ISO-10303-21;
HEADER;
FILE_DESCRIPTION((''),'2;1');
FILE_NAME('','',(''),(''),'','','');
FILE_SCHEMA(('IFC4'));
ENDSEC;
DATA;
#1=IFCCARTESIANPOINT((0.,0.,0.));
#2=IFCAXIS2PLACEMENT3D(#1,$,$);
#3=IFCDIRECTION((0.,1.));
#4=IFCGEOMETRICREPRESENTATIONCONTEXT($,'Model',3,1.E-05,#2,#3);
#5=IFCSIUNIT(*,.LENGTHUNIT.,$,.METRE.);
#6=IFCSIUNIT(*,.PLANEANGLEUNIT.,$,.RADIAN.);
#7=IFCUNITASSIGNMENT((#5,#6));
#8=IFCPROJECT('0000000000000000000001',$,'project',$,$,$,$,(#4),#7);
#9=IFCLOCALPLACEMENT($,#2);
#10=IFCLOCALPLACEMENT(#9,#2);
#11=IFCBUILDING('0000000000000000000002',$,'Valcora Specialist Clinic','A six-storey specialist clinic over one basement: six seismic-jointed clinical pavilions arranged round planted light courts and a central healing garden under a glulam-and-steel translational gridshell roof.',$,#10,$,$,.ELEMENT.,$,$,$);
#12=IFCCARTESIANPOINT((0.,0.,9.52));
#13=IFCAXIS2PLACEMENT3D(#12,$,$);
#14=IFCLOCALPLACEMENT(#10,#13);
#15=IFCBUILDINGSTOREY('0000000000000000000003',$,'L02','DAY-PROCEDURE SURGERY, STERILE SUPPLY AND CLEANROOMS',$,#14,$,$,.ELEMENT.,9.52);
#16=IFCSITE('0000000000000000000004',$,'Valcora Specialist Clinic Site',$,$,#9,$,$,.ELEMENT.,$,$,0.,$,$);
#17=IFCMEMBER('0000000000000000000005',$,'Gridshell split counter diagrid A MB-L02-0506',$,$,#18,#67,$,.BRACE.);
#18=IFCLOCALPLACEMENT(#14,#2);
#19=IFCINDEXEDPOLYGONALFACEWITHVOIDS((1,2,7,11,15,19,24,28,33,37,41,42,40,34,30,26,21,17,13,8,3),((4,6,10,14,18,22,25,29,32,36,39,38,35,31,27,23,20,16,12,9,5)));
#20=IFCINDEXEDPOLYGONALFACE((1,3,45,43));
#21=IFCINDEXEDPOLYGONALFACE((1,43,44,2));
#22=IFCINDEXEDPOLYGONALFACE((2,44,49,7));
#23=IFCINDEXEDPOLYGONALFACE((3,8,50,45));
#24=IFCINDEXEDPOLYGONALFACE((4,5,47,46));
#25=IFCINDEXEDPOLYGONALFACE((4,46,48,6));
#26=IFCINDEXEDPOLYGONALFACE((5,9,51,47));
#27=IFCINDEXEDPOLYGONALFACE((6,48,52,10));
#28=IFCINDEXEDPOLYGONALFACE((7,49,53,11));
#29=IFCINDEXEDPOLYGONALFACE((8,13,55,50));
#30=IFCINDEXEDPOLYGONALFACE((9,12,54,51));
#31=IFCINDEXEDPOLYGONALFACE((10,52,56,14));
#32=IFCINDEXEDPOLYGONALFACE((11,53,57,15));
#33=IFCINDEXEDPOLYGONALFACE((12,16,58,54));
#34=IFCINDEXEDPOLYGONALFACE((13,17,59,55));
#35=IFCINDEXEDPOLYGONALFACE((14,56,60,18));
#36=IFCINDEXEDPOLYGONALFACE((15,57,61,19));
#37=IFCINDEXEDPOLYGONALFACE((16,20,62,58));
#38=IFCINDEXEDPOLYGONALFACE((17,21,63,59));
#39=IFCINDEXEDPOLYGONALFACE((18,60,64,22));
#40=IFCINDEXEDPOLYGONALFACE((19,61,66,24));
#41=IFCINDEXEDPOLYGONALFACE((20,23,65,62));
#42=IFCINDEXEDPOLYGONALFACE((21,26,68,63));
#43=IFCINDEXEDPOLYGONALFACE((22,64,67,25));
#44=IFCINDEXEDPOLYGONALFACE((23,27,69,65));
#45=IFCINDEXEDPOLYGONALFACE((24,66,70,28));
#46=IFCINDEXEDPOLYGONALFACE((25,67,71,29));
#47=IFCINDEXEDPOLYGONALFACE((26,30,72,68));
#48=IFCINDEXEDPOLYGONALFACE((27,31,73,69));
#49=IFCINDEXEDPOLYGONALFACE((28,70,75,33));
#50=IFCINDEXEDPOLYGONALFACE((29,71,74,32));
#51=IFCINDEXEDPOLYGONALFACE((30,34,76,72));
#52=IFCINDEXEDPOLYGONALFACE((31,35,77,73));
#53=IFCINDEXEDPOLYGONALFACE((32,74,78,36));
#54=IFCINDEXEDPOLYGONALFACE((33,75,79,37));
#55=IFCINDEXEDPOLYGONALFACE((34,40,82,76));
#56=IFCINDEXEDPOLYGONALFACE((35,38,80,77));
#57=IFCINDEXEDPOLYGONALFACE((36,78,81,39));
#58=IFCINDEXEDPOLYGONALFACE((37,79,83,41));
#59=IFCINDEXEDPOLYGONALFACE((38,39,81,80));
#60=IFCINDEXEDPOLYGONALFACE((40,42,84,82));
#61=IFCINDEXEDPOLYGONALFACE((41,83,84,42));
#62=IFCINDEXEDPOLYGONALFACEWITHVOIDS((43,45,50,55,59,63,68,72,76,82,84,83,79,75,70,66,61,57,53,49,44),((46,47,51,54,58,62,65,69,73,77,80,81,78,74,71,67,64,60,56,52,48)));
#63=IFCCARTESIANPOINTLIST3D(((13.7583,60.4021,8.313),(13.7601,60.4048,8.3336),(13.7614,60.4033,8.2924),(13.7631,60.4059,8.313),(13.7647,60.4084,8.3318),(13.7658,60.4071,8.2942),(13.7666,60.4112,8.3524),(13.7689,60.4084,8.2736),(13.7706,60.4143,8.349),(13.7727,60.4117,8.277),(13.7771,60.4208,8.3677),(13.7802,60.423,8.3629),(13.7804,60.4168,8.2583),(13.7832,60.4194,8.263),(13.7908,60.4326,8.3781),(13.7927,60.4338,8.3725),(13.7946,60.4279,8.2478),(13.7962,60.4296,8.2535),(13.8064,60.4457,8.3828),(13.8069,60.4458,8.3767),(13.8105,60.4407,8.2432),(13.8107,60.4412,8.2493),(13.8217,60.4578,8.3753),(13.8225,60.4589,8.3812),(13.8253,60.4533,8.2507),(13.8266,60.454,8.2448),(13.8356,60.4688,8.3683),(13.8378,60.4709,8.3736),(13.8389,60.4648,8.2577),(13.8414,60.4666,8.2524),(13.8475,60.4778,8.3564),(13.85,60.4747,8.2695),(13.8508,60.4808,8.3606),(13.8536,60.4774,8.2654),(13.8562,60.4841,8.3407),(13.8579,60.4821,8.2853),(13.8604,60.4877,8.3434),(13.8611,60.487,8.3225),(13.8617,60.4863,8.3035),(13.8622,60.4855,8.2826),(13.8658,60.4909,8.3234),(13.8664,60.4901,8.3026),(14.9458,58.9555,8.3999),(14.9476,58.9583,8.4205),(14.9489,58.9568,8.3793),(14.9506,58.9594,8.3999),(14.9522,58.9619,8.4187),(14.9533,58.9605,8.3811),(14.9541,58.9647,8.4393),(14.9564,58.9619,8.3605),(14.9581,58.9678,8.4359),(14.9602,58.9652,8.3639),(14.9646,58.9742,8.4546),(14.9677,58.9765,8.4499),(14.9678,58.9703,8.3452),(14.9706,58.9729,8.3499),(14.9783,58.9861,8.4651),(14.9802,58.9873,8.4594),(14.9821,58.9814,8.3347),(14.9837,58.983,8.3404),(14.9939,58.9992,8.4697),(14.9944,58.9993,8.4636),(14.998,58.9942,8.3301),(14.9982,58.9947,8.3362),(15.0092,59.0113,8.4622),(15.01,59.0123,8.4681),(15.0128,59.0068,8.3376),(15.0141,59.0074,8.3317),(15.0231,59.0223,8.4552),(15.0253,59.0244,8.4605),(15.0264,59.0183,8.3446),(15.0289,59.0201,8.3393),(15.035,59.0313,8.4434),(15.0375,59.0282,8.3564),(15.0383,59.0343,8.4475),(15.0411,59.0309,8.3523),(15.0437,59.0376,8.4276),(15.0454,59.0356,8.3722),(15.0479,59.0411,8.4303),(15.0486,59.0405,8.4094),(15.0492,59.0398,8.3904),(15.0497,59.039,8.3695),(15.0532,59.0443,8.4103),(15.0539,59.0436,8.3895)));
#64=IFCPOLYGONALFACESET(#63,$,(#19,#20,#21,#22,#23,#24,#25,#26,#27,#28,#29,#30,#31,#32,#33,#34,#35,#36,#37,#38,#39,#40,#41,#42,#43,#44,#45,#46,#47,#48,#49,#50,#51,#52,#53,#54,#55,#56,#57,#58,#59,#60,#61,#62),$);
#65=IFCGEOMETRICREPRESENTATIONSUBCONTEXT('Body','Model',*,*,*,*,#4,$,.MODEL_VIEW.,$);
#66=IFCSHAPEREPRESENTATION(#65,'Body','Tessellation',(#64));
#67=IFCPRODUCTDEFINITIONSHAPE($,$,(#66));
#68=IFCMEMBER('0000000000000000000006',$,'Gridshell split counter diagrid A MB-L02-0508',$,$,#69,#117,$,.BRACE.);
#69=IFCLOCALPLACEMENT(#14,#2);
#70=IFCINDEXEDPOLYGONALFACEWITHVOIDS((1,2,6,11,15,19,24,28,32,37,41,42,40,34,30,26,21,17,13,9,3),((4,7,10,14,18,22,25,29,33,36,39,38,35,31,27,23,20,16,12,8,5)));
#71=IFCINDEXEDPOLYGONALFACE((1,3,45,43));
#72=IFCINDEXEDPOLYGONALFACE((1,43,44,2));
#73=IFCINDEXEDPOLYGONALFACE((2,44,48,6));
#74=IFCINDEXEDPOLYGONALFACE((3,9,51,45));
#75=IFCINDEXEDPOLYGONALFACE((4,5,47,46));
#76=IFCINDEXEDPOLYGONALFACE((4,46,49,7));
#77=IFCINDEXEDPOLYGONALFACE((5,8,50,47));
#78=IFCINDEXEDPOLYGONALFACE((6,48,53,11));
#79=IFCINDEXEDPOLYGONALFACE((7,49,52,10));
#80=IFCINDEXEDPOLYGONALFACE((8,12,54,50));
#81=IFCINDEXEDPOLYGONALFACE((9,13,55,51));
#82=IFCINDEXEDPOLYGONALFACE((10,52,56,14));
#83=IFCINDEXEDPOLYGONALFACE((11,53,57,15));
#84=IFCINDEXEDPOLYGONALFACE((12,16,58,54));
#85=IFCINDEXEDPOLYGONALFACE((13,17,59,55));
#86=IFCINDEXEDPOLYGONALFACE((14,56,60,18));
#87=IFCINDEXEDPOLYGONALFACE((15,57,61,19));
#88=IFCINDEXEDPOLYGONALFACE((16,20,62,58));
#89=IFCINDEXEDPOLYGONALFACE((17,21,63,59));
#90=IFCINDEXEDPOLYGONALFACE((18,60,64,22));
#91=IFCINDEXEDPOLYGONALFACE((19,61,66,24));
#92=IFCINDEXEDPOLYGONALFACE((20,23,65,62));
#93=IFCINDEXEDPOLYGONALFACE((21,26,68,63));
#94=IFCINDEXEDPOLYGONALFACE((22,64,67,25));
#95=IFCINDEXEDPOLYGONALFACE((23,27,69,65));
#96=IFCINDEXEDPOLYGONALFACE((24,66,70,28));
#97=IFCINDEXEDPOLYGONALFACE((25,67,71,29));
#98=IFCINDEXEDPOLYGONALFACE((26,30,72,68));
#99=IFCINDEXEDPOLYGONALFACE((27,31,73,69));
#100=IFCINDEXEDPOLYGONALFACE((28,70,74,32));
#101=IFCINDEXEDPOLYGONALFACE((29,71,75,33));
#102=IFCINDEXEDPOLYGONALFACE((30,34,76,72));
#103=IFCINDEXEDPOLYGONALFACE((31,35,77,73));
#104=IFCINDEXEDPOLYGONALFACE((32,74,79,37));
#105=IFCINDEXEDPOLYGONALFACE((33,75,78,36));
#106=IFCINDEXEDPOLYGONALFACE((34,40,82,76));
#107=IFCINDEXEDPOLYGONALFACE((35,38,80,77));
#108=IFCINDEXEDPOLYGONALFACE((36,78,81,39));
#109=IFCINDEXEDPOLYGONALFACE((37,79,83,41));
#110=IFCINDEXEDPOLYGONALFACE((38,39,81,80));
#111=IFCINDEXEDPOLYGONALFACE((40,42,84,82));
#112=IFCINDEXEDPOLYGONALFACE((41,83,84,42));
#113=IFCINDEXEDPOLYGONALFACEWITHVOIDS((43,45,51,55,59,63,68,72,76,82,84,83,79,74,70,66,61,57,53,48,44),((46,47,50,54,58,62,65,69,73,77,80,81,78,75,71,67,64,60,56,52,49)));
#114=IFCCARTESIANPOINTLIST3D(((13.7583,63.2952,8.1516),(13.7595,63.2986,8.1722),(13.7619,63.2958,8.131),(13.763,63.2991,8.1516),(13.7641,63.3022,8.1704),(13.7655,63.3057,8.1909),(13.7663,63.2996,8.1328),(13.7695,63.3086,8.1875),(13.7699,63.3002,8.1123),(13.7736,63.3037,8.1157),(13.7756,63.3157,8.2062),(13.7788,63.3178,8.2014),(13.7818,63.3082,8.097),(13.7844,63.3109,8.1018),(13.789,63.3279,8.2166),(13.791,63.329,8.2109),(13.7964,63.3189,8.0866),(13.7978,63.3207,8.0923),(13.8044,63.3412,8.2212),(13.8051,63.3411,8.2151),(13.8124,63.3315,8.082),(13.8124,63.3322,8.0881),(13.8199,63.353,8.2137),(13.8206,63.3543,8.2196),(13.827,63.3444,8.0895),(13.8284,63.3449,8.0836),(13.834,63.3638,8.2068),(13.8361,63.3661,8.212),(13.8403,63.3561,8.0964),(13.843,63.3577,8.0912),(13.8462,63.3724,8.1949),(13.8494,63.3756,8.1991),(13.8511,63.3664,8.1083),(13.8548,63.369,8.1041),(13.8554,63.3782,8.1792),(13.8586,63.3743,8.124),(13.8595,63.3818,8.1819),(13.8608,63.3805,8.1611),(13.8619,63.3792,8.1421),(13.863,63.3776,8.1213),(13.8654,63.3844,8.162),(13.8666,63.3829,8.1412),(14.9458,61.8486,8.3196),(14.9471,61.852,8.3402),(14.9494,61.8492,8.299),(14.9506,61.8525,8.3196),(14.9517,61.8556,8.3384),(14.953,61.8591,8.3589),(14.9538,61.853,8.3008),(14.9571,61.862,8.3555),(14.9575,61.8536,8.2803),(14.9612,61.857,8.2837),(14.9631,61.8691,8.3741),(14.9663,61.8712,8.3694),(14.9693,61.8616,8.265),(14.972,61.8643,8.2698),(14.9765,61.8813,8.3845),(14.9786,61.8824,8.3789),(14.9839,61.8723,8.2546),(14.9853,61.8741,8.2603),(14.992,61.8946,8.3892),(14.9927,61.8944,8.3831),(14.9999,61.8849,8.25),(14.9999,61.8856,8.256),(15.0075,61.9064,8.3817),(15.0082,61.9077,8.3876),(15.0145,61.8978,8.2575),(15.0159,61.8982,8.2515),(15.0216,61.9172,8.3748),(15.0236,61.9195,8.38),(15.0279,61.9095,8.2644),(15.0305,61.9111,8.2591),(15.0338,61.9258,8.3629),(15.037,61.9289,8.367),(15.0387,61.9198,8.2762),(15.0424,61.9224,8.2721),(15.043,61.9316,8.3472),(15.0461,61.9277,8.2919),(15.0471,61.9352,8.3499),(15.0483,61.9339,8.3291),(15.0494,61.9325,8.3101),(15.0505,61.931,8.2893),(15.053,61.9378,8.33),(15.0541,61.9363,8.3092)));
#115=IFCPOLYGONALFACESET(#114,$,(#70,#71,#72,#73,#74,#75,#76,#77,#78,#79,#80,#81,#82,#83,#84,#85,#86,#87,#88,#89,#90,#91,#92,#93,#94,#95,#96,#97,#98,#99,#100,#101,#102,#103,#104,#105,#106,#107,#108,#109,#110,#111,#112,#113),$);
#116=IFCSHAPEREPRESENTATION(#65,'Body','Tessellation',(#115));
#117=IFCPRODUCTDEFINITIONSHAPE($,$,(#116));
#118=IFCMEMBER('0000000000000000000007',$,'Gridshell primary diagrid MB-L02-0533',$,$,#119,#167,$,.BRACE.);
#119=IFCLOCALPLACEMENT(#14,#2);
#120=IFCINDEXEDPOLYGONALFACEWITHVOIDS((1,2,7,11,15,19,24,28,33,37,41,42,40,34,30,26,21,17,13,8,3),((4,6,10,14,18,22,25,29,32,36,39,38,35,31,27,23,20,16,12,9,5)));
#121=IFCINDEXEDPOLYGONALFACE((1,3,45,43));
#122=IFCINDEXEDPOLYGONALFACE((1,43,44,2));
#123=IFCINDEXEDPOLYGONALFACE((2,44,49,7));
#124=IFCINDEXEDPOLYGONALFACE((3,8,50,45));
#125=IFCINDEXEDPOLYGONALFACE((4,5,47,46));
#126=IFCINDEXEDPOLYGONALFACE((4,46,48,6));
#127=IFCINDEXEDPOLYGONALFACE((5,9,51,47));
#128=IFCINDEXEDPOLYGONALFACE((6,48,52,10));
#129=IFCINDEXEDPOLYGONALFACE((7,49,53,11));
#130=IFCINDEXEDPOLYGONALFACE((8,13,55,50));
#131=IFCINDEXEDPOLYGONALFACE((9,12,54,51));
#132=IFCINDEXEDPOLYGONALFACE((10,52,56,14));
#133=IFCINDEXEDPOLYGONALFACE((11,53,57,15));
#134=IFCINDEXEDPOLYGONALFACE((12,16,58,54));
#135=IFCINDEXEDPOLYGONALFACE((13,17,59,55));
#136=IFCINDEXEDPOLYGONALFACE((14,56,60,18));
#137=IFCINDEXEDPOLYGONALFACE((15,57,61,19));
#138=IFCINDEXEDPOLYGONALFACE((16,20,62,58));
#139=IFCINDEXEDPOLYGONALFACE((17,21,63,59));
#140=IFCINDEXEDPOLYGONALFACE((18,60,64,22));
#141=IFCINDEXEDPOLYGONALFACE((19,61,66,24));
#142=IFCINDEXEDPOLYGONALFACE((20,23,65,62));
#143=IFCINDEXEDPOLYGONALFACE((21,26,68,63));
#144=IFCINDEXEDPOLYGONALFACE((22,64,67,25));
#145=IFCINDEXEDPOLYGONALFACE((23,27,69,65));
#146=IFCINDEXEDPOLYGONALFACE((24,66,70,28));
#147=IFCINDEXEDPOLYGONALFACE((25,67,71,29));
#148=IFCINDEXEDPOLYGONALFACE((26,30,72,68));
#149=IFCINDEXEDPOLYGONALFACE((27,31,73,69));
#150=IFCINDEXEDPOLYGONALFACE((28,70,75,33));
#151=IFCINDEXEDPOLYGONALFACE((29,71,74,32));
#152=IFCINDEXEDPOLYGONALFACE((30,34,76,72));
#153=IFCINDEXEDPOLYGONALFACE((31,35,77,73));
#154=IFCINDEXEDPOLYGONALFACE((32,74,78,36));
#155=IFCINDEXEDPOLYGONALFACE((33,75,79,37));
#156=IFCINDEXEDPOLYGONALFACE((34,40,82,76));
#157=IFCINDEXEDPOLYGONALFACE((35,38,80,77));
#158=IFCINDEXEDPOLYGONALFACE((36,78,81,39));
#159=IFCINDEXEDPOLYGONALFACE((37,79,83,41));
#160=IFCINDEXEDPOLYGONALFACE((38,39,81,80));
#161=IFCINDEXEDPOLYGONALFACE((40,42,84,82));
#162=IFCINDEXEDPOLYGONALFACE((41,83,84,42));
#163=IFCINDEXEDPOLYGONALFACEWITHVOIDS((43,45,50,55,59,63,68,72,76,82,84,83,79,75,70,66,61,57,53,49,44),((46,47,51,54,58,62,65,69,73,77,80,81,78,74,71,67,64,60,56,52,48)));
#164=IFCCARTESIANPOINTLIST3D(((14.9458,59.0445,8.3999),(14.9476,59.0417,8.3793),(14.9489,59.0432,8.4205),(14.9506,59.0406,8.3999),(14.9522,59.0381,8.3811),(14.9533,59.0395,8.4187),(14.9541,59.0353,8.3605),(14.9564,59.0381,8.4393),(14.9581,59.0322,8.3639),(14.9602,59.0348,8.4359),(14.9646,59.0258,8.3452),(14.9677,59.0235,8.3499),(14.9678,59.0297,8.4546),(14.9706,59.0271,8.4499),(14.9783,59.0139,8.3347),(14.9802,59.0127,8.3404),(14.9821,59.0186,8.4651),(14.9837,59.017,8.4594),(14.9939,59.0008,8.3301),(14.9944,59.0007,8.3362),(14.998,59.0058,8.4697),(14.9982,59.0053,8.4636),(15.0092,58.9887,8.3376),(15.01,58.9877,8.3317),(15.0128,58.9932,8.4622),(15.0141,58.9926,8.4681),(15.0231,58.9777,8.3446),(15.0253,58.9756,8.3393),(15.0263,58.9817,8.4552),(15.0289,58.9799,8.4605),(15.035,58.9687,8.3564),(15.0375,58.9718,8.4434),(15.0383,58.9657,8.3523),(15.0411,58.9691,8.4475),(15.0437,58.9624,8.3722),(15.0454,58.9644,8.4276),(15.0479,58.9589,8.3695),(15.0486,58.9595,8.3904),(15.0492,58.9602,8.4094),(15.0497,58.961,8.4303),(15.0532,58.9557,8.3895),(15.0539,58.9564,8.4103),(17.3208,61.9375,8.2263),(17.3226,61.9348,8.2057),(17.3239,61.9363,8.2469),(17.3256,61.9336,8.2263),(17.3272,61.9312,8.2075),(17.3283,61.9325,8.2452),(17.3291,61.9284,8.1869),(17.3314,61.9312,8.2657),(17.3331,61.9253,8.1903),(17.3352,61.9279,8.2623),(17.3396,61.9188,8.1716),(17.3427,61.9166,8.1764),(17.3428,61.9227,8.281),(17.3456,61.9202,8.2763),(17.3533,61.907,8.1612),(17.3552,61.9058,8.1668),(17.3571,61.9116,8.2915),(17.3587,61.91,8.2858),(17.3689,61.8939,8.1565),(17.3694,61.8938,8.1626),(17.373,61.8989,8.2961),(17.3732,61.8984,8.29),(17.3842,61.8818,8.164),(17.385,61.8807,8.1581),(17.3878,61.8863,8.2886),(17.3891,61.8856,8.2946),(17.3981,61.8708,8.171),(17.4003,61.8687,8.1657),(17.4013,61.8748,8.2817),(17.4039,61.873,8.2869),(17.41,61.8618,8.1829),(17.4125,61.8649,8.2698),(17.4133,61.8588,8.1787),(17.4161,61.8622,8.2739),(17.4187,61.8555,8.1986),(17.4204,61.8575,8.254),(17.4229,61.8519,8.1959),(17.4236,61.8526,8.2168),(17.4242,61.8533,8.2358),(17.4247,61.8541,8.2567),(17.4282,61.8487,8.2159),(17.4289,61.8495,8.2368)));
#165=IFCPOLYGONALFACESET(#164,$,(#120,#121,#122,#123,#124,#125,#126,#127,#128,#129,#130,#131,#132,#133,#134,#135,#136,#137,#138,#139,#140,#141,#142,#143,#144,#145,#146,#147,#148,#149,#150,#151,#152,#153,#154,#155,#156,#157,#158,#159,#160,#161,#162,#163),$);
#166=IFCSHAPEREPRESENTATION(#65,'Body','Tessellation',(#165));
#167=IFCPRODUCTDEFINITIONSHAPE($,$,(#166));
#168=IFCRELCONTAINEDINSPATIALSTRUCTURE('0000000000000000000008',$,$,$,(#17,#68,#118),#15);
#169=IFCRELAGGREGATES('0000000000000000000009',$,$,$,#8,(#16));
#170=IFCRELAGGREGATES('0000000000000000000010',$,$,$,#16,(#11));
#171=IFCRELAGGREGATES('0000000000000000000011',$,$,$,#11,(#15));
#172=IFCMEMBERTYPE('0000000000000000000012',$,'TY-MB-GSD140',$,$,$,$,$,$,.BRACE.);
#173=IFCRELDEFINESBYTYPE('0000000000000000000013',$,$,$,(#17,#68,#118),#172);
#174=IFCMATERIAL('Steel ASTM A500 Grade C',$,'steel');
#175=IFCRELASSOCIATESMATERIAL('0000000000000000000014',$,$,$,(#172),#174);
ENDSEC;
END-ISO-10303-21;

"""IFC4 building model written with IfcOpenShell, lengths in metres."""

from ifc_helpers import new_model, si_unit, direction, frame, origin, origin_2d, place, context, subcontext, project, spatial, hollow_circle, extrude, material, material_profile, profile_set, type_object, element, save


model = new_model("IFC4")

# Units and contexts
model_context = context("Model", 3, precision=1e-05, world=origin(), true_north=direction((0.0, 1.0)))
body_context = subcontext(model_context, "Body", "Model", "MODEL_VIEW")
ifc_project = project(units=[si_unit("LENGTHUNIT", "METRE"), si_unit("PLANEANGLEUNIT", "RADIAN")], contexts=[model_context])

# Site, building, storey
site_placement = place(None, origin())
site = spatial("IfcSite", under=ifc_project, at=site_placement, Name="Valcora Specialist Clinic Site", CompositionType="ELEMENT", RefElevation=0.0)
building_placement = place(site_placement, origin())
building = spatial("IfcBuilding", under=site, at=building_placement, Name="Valcora Specialist Clinic", Description="A six-storey specialist clinic over one basement: six seismic-jointed clinical pavilions arranged round planted light courts and a central healing garden under a glulam-and-steel translational gridshell roof.", CompositionType="ELEMENT")
storey_placement = place(building_placement, frame((0.0, 0.0, 9.52)))
storey = spatial("IfcBuildingStorey", under=building, at=storey_placement, Name="L02", Description="DAY-PROCEDURE SURGERY, STERILE SUPPLY AND CLEANROOMS", CompositionType="ELEMENT", Elevation=9.52)

# Members
ifc_material_1 = material(Name="Steel ASTM A500 Grade C", Category="steel")
ifc_material_profile_1 = material_profile(ifc_material_1, hollow_circle(Radius=0.0701, WallThickness=0.0061, at=origin_2d()), Name="ST-CHS-140X6")
ifc_profile_set_1 = profile_set([ifc_material_profile_1], Name="Steel ASTM A500 Grade C")
member_type_1 = type_object("IfcMemberType", Name="TY-MB-GSD140", PredefinedType="BRACE", material=ifc_profile_set_1)
member_1_placement = place(storey_placement, frame((15.0, 59.0, 8.3999), z_axis=(-0.633825, 0.772084, -0.04639), x_axis=(-0.772916, -0.634508, 0.0)))
element("IfcMember", 1, at=member_1_placement, inside=storey, type_object=member_type_1, Name="Gridshell split counter diagrid A MB-L02-0506", PredefinedType="BRACE", context=body_context, shape_type="SweptSolid", body=[
    extrude(hollow_circle(Radius=0.0701, WallThickness=0.0061, at=origin_2d()), origin(), (0.0, 0.0, 1.0), 1.8735),
])
member_2_placement = place(storey_placement, frame((15.0, 61.8931, 8.3196), z_axis=(-0.631968, 0.769822, -0.08939), x_axis=(-0.772916, -0.634508, 0.0)))
element("IfcMember", 2, at=member_2_placement, inside=storey, type_object=member_type_1, Name="Gridshell split counter diagrid A MB-L02-0508", PredefinedType="BRACE", context=body_context, shape_type="SweptSolid", body=[
    extrude(hollow_circle(Radius=0.0701, WallThickness=0.0061, at=origin_2d()), origin(), (0.0, 0.0, 1.0), 1.8792),
])
member_3_placement = place(storey_placement, frame((15.0, 59.0, 8.3999), z_axis=(0.633827, 0.772086, -0.046325), x_axis=(-0.772916, 0.634508, 0.0)))
element("IfcMember", 3, at=member_3_placement, inside=storey, type_object=member_type_1, Name="Gridshell primary diagrid MB-L02-0533", PredefinedType="BRACE", context=body_context, shape_type="SweptSolid", body=[
    extrude(hollow_circle(Radius=0.0701, WallThickness=0.0061, at=origin_2d()), origin(), (0.0, 0.0, 1.0), 3.7471),
])

save(model, "model.ifc")
